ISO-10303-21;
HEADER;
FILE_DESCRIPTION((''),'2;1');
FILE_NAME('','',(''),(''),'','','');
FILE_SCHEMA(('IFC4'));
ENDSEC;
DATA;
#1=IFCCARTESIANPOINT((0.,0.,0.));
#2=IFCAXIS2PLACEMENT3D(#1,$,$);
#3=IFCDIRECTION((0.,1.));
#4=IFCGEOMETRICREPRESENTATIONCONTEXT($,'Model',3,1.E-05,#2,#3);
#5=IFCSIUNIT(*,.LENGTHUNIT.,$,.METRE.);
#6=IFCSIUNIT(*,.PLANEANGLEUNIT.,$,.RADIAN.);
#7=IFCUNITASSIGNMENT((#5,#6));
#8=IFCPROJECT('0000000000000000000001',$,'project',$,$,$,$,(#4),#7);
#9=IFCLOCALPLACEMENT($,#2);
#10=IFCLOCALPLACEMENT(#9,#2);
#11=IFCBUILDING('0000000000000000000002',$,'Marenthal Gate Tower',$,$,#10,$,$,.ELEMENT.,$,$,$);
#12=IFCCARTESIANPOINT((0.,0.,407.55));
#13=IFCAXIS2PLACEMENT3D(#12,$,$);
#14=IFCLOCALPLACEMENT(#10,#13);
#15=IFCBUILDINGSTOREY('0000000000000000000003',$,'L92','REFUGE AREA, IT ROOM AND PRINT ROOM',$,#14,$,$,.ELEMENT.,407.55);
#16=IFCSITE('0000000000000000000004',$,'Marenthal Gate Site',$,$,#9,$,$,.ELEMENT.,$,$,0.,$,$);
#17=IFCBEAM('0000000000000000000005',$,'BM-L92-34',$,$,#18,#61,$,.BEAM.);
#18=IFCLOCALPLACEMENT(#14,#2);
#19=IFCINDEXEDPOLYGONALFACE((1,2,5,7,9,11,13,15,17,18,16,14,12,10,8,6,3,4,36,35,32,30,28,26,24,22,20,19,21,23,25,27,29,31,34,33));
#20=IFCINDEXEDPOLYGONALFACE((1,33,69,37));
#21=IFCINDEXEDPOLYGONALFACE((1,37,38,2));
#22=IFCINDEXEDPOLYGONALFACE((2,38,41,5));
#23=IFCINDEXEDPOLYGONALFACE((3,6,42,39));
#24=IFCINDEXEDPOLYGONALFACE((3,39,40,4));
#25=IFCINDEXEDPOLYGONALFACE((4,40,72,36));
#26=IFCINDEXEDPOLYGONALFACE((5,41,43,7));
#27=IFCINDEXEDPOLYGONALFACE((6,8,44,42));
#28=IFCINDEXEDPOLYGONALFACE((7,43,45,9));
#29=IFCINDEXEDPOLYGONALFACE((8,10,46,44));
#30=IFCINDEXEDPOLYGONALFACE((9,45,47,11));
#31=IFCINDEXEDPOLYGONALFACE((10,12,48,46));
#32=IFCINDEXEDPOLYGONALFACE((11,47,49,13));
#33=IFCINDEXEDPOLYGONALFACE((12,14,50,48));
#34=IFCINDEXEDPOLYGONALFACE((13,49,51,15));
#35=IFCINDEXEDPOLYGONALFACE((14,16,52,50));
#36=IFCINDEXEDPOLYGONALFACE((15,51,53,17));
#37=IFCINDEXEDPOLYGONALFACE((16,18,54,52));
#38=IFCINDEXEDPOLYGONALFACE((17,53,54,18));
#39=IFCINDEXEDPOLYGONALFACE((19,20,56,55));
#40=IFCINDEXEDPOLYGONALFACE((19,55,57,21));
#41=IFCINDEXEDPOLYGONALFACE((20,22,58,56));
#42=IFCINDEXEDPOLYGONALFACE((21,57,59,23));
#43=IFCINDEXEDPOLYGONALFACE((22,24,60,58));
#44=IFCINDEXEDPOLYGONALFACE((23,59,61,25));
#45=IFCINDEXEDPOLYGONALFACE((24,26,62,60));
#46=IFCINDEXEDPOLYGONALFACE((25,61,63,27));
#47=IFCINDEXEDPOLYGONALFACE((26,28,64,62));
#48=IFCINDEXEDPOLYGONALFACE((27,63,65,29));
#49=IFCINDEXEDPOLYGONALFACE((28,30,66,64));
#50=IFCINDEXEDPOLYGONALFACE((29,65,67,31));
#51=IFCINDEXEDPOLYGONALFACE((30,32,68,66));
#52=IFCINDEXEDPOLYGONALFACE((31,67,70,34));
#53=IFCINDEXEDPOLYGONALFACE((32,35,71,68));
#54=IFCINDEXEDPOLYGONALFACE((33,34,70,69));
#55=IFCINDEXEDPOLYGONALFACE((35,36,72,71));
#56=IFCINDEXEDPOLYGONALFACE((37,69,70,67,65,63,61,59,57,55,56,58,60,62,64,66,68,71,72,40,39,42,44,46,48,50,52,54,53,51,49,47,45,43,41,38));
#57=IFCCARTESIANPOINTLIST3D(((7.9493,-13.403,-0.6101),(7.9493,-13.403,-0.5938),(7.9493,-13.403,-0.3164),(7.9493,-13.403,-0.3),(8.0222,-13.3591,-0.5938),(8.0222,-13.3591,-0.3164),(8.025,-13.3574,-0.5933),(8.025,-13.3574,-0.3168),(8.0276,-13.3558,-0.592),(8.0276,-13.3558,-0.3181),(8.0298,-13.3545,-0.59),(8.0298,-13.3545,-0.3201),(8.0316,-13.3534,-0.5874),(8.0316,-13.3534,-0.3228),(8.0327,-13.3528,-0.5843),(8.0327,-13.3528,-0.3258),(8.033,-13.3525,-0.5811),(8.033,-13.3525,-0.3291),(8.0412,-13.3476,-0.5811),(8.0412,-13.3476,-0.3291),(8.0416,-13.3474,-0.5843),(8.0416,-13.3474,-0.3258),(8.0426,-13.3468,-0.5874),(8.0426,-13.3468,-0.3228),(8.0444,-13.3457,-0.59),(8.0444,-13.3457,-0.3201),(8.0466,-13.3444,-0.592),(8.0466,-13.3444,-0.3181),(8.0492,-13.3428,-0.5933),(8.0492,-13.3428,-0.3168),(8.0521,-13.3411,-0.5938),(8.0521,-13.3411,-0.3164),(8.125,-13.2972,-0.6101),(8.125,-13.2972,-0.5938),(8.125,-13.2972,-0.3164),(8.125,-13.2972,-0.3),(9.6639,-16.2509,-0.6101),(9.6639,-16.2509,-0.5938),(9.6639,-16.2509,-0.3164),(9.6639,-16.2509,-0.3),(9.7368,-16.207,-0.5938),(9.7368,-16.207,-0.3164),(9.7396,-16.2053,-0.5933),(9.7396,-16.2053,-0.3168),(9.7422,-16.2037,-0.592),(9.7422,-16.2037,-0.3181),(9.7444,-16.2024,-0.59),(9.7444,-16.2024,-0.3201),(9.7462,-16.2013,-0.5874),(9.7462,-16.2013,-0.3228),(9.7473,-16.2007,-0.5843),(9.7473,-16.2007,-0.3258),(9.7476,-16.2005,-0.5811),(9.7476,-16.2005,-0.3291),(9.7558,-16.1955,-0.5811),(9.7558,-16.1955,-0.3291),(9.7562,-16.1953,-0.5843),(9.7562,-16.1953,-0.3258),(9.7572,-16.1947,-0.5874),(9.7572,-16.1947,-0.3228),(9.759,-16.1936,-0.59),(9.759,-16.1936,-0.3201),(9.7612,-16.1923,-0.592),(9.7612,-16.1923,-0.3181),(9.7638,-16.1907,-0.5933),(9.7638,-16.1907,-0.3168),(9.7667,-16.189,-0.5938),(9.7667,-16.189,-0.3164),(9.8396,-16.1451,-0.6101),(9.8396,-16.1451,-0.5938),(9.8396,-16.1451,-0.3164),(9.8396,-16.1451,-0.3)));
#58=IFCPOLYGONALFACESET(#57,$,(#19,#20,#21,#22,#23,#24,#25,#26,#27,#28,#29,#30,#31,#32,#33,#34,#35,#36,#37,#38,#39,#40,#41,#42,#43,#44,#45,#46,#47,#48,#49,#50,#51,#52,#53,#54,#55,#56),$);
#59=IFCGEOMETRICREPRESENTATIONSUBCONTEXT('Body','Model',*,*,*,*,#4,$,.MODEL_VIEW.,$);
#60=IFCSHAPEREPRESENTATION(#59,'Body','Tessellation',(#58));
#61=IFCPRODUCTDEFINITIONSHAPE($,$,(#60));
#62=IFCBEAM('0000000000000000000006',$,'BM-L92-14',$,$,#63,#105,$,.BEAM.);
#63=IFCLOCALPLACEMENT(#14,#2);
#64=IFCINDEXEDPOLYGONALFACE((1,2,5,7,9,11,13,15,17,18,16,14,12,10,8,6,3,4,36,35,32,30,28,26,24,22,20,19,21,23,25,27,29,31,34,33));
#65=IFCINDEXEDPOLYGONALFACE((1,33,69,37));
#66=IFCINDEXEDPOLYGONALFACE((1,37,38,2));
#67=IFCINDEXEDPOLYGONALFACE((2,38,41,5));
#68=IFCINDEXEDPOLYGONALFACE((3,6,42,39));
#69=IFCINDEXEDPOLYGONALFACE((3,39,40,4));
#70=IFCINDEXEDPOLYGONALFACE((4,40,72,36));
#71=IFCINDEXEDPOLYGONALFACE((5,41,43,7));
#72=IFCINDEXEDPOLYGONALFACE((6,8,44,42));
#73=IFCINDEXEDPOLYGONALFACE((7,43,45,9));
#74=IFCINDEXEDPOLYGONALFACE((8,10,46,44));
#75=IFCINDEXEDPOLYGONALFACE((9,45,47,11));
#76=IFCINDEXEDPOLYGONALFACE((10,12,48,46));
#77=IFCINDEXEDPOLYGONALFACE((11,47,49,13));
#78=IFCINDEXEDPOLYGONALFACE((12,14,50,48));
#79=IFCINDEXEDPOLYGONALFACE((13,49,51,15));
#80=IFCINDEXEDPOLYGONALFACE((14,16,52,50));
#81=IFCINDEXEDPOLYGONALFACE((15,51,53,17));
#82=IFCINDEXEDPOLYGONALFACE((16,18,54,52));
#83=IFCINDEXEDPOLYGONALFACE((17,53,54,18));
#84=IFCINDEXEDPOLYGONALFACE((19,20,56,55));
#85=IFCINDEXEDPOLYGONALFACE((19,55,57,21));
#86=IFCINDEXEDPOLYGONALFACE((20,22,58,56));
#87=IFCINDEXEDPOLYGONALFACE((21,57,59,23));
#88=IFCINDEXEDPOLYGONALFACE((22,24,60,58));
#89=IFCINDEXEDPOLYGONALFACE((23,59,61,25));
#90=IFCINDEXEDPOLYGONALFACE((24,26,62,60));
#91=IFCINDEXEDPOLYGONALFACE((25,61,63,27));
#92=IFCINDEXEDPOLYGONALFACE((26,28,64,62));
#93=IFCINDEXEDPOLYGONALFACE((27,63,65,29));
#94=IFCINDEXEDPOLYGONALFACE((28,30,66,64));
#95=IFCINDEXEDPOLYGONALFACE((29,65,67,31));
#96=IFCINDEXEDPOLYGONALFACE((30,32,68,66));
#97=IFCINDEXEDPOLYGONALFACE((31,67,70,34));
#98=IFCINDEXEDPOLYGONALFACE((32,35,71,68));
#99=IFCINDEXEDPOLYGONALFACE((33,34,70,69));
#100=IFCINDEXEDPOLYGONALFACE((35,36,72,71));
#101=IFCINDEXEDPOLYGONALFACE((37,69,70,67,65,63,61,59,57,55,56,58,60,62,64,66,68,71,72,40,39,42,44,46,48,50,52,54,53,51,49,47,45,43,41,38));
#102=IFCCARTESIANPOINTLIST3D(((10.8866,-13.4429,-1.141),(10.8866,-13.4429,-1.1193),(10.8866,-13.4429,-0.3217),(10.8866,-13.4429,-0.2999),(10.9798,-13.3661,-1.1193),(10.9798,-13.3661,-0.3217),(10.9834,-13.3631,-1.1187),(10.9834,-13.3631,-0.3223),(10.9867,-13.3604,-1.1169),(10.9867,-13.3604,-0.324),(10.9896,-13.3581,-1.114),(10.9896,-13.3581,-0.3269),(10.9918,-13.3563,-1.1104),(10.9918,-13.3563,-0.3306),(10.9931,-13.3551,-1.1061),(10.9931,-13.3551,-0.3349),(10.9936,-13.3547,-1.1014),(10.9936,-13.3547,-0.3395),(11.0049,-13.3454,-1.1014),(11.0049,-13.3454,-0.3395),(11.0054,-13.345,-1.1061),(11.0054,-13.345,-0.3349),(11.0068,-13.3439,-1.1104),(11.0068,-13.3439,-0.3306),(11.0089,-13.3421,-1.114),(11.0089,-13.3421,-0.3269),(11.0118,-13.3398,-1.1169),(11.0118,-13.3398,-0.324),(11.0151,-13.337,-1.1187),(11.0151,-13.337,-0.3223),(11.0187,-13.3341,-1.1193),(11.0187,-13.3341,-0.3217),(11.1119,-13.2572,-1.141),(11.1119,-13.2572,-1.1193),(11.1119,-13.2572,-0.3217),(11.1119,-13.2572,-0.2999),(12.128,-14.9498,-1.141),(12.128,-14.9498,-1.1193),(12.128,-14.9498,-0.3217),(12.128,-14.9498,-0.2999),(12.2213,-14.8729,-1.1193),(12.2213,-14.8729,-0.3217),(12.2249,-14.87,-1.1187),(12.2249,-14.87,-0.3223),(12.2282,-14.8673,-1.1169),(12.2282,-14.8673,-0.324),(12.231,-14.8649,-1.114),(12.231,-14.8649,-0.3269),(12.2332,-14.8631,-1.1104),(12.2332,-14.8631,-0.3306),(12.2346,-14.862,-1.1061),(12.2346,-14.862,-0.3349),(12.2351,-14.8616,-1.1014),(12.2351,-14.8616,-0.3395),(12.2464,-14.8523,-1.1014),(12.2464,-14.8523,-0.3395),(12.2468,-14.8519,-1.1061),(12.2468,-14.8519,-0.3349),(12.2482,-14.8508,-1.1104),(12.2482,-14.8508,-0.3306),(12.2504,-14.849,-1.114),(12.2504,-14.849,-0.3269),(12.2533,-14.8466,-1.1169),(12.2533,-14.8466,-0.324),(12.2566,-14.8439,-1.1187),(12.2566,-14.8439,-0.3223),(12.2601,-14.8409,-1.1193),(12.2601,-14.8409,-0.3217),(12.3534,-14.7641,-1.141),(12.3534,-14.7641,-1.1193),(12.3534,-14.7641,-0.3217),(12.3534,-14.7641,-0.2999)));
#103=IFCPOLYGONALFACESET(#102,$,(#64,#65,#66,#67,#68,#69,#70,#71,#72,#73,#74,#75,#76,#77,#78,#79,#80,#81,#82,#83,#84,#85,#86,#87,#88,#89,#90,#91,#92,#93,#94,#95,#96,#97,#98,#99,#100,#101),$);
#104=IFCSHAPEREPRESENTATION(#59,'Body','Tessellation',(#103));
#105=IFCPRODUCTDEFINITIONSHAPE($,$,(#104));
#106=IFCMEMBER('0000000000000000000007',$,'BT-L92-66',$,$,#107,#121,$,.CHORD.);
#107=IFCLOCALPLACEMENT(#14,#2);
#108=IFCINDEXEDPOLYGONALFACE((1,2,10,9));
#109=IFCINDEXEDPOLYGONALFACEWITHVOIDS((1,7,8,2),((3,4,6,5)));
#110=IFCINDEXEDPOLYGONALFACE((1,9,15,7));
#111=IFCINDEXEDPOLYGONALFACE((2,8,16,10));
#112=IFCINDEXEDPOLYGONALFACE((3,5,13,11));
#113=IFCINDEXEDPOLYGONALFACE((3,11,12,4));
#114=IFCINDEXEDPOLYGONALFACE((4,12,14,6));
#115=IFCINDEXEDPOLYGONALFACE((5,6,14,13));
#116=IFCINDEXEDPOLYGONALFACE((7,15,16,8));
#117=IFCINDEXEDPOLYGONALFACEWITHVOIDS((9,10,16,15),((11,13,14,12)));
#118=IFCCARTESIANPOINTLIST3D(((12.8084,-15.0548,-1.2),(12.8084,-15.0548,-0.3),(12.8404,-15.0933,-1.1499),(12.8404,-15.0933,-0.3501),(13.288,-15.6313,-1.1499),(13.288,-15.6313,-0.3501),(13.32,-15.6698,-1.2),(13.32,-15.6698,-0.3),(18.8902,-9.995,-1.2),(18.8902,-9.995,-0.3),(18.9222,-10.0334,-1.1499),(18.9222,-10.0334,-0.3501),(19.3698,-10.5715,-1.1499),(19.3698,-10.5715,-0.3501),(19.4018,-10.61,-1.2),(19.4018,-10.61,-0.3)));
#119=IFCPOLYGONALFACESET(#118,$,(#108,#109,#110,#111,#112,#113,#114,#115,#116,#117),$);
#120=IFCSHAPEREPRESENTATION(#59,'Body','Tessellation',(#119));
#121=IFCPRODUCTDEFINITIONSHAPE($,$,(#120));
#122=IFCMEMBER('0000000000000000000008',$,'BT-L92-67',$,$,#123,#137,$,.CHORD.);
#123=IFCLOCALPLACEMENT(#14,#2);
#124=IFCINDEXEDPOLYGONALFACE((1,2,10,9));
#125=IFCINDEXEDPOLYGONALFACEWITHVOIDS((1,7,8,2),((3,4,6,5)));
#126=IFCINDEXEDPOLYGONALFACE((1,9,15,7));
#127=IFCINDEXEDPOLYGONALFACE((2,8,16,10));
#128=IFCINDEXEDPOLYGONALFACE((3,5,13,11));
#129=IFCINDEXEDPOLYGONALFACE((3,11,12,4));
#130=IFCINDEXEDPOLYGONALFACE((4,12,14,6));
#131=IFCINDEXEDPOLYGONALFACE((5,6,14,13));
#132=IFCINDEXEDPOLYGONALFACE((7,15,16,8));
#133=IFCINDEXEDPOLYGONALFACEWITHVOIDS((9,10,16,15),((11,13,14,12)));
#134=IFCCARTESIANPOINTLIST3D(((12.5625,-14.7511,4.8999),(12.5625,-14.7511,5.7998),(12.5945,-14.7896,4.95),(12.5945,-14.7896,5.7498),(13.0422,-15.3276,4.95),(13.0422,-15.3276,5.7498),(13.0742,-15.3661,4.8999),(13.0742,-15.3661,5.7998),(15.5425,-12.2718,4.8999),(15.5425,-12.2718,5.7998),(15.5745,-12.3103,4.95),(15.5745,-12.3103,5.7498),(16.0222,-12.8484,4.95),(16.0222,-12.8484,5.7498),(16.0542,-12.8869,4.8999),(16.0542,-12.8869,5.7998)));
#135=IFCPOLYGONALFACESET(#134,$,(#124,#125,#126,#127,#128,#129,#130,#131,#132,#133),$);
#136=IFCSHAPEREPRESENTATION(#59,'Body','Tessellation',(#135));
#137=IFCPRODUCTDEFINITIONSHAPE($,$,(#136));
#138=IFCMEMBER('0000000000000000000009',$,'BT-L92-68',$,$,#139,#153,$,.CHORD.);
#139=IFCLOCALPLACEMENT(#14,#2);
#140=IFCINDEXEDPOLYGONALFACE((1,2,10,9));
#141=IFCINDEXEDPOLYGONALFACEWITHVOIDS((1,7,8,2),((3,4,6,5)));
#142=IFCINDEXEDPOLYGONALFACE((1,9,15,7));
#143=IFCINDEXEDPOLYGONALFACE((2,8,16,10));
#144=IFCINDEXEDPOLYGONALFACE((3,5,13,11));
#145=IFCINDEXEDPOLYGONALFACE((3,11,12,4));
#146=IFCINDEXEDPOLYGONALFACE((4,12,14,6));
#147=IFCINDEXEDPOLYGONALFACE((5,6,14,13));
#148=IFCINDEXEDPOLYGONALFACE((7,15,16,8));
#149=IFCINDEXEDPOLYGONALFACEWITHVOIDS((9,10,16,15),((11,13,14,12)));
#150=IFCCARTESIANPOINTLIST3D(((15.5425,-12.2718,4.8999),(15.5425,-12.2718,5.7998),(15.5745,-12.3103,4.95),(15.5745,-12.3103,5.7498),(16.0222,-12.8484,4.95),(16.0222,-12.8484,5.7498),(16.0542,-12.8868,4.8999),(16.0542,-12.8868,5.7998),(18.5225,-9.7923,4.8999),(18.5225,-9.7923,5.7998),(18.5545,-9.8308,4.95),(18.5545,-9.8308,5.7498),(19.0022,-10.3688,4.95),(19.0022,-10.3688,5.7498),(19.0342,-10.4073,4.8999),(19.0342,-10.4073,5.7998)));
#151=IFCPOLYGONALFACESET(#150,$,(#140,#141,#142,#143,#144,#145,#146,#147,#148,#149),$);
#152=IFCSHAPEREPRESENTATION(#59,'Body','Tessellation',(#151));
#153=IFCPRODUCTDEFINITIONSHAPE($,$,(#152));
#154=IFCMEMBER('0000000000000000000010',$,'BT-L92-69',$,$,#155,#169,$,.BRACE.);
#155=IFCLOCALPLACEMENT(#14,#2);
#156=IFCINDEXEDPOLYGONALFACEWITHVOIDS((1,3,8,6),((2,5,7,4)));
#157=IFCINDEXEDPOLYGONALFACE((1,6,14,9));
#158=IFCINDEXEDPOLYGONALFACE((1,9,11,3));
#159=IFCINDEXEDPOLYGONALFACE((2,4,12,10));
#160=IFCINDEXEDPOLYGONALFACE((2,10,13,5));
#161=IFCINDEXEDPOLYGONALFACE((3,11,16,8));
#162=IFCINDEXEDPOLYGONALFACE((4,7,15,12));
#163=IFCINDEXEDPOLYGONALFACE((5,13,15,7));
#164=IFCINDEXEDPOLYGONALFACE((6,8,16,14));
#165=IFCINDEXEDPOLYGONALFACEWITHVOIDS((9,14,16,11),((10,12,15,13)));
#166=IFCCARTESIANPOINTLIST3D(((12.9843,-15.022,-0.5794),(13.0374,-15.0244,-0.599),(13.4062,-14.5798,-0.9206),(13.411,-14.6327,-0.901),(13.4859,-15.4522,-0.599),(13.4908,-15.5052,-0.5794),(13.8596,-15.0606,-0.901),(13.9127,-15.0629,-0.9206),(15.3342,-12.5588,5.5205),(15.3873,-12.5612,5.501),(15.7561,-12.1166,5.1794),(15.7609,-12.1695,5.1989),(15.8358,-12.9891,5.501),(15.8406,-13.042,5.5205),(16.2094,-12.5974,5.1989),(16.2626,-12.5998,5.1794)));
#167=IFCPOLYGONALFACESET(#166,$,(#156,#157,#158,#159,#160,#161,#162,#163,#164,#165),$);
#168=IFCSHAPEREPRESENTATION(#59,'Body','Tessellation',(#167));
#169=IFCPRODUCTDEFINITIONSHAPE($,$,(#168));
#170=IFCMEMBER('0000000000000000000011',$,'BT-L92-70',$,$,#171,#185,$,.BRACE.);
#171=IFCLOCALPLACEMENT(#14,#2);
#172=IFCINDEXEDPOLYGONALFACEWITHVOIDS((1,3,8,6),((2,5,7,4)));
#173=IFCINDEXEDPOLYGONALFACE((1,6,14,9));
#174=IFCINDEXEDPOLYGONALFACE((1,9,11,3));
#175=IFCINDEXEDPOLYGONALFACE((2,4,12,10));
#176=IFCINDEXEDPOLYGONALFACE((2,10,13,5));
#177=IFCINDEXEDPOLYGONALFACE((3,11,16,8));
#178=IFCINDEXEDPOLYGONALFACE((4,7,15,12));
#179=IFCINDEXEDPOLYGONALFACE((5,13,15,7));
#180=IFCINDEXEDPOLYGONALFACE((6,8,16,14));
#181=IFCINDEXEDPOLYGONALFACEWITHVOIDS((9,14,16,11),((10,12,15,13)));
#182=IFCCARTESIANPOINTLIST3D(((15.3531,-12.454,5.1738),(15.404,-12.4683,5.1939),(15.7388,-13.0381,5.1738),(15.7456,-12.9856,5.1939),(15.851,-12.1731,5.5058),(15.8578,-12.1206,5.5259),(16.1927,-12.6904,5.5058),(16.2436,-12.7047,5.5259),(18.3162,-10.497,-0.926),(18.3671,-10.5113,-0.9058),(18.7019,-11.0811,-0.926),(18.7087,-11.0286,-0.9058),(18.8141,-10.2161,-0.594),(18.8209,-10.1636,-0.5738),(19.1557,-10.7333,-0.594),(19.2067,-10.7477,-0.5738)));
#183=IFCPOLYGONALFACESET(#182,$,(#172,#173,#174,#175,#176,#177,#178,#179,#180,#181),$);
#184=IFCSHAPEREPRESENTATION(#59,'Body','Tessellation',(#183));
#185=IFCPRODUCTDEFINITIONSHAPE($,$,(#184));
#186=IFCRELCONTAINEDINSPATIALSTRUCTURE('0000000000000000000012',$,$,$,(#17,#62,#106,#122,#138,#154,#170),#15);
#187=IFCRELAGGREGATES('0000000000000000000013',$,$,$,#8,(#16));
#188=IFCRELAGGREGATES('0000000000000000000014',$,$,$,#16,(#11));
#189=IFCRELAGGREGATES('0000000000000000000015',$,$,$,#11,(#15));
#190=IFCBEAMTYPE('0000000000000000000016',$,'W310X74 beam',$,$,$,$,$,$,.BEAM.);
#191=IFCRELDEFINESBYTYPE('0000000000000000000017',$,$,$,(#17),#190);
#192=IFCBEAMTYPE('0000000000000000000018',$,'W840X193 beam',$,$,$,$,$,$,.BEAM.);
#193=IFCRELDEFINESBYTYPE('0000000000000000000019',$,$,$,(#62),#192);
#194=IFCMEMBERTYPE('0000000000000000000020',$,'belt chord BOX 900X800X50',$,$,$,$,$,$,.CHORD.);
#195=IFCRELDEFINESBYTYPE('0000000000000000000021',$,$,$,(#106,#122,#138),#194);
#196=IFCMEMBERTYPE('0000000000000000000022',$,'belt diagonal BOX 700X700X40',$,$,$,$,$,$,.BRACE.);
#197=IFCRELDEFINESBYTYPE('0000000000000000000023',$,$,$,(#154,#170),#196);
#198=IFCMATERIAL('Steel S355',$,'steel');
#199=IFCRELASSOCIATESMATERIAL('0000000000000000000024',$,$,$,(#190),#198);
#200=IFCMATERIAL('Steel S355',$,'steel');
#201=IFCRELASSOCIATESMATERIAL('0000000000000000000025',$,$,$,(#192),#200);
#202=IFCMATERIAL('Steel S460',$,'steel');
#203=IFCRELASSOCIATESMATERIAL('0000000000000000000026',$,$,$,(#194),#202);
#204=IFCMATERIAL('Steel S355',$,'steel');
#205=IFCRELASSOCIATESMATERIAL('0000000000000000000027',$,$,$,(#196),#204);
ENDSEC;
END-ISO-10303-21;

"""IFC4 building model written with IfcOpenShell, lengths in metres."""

from ifc_helpers import new_model, si_unit, direction, frame, origin, origin_2d, place, context, subcontext, project, spatial, hollow_rectangle, i_section, extrude, material, material_profile, profile_set, type_object, element, save


model = new_model("IFC4")

# Units and contexts
model_context = context("Model", 3, precision=1e-05, world=origin(), true_north=direction((0.0, 1.0)))
body_context = subcontext(model_context, "Body", "Model", "MODEL_VIEW")
ifc_project = project(units=[si_unit("LENGTHUNIT", "METRE"), si_unit("PLANEANGLEUNIT", "RADIAN")], contexts=[model_context])

# Site, building, storey
site_placement = place(None, origin())
site = spatial("IfcSite", under=ifc_project, at=site_placement, Name="Marenthal Gate Site", CompositionType="ELEMENT", RefElevation=0.0)
building_placement = place(site_placement, origin())
building = spatial("IfcBuilding", under=site, at=building_placement, Name="Marenthal Gate Tower", CompositionType="ELEMENT")
storey_placement = place(building_placement, frame((0.0, 0.0, 407.55)))
storey = spatial("IfcBuildingStorey", under=building, at=storey_placement, Name="L92", Description="REFUGE AREA, IT ROOM AND PRINT ROOM", CompositionType="ELEMENT", Elevation=407.55)

# Beams
ifc_material_1 = material(Name="Steel S355", Category="steel")
ifc_material_profile_1 = material_profile(ifc_material_1, i_section(OverallWidth=0.2051, OverallDepth=0.3101, WebThickness=0.0095, FlangeThickness=0.0164, FilletRadius=0.0127, at=origin_2d()), Name="W310X74")
ifc_profile_set_1 = profile_set([ifc_material_profile_1], Name="Steel S355")
beam_type_1 = type_object("IfcBeamType", Name="W310X74 beam", PredefinedType="BEAM", material=ifc_profile_set_1)
beam_1_placement = place(storey_placement, frame((9.7517, -16.198, -0.4551), z_axis=(-0.515791, 0.856714, 0.0), x_axis=(-0.856714, -0.515791, 0.0)))
element("IfcBeam", 1, at=beam_1_placement, inside=storey, type_object=beam_type_1, Name="BM-L92-34", PredefinedType="BEAM", context=body_context, shape_type="SweptSolid", body=[
    extrude(i_section(OverallWidth=0.2051, OverallDepth=0.3101, WebThickness=0.0095, FlangeThickness=0.0164, FilletRadius=0.0127, at=origin_2d()), origin(), (0.0, 0.0, 1.0), 3.3242),
])
ifc_material_2 = material(Name="Steel S355", Category="steel")
ifc_material_profile_2 = material_profile(ifc_material_2, i_section(OverallWidth=0.292, OverallDepth=0.8411, WebThickness=0.0146, FlangeThickness=0.0217, FilletRadius=0.0178, at=origin_2d()), Name="W840X193")
ifc_profile_set_2 = profile_set([ifc_material_profile_2], Name="Steel S355")
beam_type_2 = type_object("IfcBeamType", Name="W840X193 beam", PredefinedType="BEAM", material=ifc_profile_set_2)
beam_2_placement = place(storey_placement, frame((12.2407, -14.8569, -0.7205), z_axis=(-0.635869, 0.771797, 0.0), x_axis=(-0.771797, -0.635869, 0.0)))
element("IfcBeam", 2, at=beam_2_placement, inside=storey, type_object=beam_type_2, Name="BM-L92-14", PredefinedType="BEAM", context=body_context, shape_type="SweptSolid", body=[
    extrude(i_section(OverallWidth=0.292, OverallDepth=0.8411, WebThickness=0.0146, FlangeThickness=0.0217, FilletRadius=0.0178, at=origin_2d()), origin(), (0.0, 0.0, 1.0), 1.9524),
])

# Members
ifc_material_3 = material(Name="Steel S460", Category="steel")
ifc_material_profile_3 = material_profile(ifc_material_3, hollow_rectangle(XDim=0.8, YDim=0.8999, WallThickness=0.05, at=origin_2d()), Name="BOX 900X800X50")
ifc_profile_set_3 = profile_set([ifc_material_profile_3], Name="Steel S460")
member_type_1 = type_object("IfcMemberType", Name="belt chord BOX 900X800X50", PredefinedType="CHORD", material=ifc_profile_set_3)
member_1_placement = place(storey_placement, frame((13.0642, -15.3623, -0.75), z_axis=(0.76874, 0.639562, 0.0), x_axis=(-0.639562, 0.76874, 0.0)))
element("IfcMember", 3, at=member_1_placement, inside=storey, type_object=member_type_1, Name="BT-L92-66", PredefinedType="CHORD", context=body_context, shape_type="SweptSolid", body=[
    extrude(hollow_rectangle(XDim=0.8, YDim=0.8999, WallThickness=0.05, at=origin_2d()), origin(), (0.0, 0.0, 1.0), 7.9114),
])
member_2_placement = place(storey_placement, frame((12.8184, -15.0586, 5.3499), z_axis=(0.768737, 0.639565, 0.0), x_axis=(-0.639565, 0.768737, 0.0)))
element("IfcMember", 4, at=member_2_placement, inside=storey, type_object=member_type_1, Name="BT-L92-67", PredefinedType="CHORD", context=body_context, shape_type="SweptSolid", body=[
    extrude(hollow_rectangle(XDim=0.8, YDim=0.8999, WallThickness=0.05, at=origin_2d()), origin(), (0.0, 0.0, 1.0), 3.8765),
])
member_3_placement = place(storey_placement, frame((15.7983, -12.5793, 5.3499), z_axis=(0.768706, 0.639602, 0.0), x_axis=(-0.639602, 0.768706, 0.0)))
element("IfcMember", 5, at=member_3_placement, inside=storey, type_object=member_type_1, Name="BT-L92-68", PredefinedType="CHORD", context=body_context, shape_type="SweptSolid", body=[
    extrude(hollow_rectangle(XDim=0.8, YDim=0.8999, WallThickness=0.05, at=origin_2d()), origin(), (0.0, 0.0, 1.0), 3.8767),
])
ifc_material_4 = material(Name="Steel S355", Category="steel")
ifc_material_profile_4 = material_profile(ifc_material_4, hollow_rectangle(XDim=0.7, YDim=0.7, WallThickness=0.04, at=origin_2d()), Name="BOX 700X700X40")
ifc_profile_set_4 = profile_set([ifc_material_profile_4], Name="Steel S355")
member_type_2 = type_object("IfcMemberType", Name="belt diagonal BOX 700X700X40", PredefinedType="BRACE", material=ifc_profile_set_4)
member_4_placement = place(storey_placement, frame((13.4485, -15.0425, -0.75), z_axis=(0.336391, 0.352607, 0.873218), x_axis=(-0.723549, 0.690273, 0.0)))
element("IfcMember", 6, at=member_4_placement, inside=storey, type_object=member_type_2, Name="BT-L92-69", PredefinedType="BRACE", context=body_context, shape_type="SweptSolid", body=[
    extrude(hollow_rectangle(XDim=0.7, YDim=0.7, WallThickness=0.04, at=origin_2d()), origin(), (0.0, 0.0, 1.0), 6.9856),
])
member_5_placement = place(storey_placement, frame((15.7983, -12.5793, 5.3499), z_axis=(0.419814, 0.27727, -0.864221), x_axis=(-0.551109, 0.834433, 0.0)))
element("IfcMember", 7, at=member_5_placement, inside=storey, type_object=member_type_2, Name="BT-L92-70", PredefinedType="BRACE", context=body_context, shape_type="SweptSolid", body=[
    extrude(hollow_rectangle(XDim=0.7, YDim=0.7, WallThickness=0.04, at=origin_2d()), origin(), (0.0, 0.0, 1.0), 7.0581),
])

save(model, "model.ifc")
